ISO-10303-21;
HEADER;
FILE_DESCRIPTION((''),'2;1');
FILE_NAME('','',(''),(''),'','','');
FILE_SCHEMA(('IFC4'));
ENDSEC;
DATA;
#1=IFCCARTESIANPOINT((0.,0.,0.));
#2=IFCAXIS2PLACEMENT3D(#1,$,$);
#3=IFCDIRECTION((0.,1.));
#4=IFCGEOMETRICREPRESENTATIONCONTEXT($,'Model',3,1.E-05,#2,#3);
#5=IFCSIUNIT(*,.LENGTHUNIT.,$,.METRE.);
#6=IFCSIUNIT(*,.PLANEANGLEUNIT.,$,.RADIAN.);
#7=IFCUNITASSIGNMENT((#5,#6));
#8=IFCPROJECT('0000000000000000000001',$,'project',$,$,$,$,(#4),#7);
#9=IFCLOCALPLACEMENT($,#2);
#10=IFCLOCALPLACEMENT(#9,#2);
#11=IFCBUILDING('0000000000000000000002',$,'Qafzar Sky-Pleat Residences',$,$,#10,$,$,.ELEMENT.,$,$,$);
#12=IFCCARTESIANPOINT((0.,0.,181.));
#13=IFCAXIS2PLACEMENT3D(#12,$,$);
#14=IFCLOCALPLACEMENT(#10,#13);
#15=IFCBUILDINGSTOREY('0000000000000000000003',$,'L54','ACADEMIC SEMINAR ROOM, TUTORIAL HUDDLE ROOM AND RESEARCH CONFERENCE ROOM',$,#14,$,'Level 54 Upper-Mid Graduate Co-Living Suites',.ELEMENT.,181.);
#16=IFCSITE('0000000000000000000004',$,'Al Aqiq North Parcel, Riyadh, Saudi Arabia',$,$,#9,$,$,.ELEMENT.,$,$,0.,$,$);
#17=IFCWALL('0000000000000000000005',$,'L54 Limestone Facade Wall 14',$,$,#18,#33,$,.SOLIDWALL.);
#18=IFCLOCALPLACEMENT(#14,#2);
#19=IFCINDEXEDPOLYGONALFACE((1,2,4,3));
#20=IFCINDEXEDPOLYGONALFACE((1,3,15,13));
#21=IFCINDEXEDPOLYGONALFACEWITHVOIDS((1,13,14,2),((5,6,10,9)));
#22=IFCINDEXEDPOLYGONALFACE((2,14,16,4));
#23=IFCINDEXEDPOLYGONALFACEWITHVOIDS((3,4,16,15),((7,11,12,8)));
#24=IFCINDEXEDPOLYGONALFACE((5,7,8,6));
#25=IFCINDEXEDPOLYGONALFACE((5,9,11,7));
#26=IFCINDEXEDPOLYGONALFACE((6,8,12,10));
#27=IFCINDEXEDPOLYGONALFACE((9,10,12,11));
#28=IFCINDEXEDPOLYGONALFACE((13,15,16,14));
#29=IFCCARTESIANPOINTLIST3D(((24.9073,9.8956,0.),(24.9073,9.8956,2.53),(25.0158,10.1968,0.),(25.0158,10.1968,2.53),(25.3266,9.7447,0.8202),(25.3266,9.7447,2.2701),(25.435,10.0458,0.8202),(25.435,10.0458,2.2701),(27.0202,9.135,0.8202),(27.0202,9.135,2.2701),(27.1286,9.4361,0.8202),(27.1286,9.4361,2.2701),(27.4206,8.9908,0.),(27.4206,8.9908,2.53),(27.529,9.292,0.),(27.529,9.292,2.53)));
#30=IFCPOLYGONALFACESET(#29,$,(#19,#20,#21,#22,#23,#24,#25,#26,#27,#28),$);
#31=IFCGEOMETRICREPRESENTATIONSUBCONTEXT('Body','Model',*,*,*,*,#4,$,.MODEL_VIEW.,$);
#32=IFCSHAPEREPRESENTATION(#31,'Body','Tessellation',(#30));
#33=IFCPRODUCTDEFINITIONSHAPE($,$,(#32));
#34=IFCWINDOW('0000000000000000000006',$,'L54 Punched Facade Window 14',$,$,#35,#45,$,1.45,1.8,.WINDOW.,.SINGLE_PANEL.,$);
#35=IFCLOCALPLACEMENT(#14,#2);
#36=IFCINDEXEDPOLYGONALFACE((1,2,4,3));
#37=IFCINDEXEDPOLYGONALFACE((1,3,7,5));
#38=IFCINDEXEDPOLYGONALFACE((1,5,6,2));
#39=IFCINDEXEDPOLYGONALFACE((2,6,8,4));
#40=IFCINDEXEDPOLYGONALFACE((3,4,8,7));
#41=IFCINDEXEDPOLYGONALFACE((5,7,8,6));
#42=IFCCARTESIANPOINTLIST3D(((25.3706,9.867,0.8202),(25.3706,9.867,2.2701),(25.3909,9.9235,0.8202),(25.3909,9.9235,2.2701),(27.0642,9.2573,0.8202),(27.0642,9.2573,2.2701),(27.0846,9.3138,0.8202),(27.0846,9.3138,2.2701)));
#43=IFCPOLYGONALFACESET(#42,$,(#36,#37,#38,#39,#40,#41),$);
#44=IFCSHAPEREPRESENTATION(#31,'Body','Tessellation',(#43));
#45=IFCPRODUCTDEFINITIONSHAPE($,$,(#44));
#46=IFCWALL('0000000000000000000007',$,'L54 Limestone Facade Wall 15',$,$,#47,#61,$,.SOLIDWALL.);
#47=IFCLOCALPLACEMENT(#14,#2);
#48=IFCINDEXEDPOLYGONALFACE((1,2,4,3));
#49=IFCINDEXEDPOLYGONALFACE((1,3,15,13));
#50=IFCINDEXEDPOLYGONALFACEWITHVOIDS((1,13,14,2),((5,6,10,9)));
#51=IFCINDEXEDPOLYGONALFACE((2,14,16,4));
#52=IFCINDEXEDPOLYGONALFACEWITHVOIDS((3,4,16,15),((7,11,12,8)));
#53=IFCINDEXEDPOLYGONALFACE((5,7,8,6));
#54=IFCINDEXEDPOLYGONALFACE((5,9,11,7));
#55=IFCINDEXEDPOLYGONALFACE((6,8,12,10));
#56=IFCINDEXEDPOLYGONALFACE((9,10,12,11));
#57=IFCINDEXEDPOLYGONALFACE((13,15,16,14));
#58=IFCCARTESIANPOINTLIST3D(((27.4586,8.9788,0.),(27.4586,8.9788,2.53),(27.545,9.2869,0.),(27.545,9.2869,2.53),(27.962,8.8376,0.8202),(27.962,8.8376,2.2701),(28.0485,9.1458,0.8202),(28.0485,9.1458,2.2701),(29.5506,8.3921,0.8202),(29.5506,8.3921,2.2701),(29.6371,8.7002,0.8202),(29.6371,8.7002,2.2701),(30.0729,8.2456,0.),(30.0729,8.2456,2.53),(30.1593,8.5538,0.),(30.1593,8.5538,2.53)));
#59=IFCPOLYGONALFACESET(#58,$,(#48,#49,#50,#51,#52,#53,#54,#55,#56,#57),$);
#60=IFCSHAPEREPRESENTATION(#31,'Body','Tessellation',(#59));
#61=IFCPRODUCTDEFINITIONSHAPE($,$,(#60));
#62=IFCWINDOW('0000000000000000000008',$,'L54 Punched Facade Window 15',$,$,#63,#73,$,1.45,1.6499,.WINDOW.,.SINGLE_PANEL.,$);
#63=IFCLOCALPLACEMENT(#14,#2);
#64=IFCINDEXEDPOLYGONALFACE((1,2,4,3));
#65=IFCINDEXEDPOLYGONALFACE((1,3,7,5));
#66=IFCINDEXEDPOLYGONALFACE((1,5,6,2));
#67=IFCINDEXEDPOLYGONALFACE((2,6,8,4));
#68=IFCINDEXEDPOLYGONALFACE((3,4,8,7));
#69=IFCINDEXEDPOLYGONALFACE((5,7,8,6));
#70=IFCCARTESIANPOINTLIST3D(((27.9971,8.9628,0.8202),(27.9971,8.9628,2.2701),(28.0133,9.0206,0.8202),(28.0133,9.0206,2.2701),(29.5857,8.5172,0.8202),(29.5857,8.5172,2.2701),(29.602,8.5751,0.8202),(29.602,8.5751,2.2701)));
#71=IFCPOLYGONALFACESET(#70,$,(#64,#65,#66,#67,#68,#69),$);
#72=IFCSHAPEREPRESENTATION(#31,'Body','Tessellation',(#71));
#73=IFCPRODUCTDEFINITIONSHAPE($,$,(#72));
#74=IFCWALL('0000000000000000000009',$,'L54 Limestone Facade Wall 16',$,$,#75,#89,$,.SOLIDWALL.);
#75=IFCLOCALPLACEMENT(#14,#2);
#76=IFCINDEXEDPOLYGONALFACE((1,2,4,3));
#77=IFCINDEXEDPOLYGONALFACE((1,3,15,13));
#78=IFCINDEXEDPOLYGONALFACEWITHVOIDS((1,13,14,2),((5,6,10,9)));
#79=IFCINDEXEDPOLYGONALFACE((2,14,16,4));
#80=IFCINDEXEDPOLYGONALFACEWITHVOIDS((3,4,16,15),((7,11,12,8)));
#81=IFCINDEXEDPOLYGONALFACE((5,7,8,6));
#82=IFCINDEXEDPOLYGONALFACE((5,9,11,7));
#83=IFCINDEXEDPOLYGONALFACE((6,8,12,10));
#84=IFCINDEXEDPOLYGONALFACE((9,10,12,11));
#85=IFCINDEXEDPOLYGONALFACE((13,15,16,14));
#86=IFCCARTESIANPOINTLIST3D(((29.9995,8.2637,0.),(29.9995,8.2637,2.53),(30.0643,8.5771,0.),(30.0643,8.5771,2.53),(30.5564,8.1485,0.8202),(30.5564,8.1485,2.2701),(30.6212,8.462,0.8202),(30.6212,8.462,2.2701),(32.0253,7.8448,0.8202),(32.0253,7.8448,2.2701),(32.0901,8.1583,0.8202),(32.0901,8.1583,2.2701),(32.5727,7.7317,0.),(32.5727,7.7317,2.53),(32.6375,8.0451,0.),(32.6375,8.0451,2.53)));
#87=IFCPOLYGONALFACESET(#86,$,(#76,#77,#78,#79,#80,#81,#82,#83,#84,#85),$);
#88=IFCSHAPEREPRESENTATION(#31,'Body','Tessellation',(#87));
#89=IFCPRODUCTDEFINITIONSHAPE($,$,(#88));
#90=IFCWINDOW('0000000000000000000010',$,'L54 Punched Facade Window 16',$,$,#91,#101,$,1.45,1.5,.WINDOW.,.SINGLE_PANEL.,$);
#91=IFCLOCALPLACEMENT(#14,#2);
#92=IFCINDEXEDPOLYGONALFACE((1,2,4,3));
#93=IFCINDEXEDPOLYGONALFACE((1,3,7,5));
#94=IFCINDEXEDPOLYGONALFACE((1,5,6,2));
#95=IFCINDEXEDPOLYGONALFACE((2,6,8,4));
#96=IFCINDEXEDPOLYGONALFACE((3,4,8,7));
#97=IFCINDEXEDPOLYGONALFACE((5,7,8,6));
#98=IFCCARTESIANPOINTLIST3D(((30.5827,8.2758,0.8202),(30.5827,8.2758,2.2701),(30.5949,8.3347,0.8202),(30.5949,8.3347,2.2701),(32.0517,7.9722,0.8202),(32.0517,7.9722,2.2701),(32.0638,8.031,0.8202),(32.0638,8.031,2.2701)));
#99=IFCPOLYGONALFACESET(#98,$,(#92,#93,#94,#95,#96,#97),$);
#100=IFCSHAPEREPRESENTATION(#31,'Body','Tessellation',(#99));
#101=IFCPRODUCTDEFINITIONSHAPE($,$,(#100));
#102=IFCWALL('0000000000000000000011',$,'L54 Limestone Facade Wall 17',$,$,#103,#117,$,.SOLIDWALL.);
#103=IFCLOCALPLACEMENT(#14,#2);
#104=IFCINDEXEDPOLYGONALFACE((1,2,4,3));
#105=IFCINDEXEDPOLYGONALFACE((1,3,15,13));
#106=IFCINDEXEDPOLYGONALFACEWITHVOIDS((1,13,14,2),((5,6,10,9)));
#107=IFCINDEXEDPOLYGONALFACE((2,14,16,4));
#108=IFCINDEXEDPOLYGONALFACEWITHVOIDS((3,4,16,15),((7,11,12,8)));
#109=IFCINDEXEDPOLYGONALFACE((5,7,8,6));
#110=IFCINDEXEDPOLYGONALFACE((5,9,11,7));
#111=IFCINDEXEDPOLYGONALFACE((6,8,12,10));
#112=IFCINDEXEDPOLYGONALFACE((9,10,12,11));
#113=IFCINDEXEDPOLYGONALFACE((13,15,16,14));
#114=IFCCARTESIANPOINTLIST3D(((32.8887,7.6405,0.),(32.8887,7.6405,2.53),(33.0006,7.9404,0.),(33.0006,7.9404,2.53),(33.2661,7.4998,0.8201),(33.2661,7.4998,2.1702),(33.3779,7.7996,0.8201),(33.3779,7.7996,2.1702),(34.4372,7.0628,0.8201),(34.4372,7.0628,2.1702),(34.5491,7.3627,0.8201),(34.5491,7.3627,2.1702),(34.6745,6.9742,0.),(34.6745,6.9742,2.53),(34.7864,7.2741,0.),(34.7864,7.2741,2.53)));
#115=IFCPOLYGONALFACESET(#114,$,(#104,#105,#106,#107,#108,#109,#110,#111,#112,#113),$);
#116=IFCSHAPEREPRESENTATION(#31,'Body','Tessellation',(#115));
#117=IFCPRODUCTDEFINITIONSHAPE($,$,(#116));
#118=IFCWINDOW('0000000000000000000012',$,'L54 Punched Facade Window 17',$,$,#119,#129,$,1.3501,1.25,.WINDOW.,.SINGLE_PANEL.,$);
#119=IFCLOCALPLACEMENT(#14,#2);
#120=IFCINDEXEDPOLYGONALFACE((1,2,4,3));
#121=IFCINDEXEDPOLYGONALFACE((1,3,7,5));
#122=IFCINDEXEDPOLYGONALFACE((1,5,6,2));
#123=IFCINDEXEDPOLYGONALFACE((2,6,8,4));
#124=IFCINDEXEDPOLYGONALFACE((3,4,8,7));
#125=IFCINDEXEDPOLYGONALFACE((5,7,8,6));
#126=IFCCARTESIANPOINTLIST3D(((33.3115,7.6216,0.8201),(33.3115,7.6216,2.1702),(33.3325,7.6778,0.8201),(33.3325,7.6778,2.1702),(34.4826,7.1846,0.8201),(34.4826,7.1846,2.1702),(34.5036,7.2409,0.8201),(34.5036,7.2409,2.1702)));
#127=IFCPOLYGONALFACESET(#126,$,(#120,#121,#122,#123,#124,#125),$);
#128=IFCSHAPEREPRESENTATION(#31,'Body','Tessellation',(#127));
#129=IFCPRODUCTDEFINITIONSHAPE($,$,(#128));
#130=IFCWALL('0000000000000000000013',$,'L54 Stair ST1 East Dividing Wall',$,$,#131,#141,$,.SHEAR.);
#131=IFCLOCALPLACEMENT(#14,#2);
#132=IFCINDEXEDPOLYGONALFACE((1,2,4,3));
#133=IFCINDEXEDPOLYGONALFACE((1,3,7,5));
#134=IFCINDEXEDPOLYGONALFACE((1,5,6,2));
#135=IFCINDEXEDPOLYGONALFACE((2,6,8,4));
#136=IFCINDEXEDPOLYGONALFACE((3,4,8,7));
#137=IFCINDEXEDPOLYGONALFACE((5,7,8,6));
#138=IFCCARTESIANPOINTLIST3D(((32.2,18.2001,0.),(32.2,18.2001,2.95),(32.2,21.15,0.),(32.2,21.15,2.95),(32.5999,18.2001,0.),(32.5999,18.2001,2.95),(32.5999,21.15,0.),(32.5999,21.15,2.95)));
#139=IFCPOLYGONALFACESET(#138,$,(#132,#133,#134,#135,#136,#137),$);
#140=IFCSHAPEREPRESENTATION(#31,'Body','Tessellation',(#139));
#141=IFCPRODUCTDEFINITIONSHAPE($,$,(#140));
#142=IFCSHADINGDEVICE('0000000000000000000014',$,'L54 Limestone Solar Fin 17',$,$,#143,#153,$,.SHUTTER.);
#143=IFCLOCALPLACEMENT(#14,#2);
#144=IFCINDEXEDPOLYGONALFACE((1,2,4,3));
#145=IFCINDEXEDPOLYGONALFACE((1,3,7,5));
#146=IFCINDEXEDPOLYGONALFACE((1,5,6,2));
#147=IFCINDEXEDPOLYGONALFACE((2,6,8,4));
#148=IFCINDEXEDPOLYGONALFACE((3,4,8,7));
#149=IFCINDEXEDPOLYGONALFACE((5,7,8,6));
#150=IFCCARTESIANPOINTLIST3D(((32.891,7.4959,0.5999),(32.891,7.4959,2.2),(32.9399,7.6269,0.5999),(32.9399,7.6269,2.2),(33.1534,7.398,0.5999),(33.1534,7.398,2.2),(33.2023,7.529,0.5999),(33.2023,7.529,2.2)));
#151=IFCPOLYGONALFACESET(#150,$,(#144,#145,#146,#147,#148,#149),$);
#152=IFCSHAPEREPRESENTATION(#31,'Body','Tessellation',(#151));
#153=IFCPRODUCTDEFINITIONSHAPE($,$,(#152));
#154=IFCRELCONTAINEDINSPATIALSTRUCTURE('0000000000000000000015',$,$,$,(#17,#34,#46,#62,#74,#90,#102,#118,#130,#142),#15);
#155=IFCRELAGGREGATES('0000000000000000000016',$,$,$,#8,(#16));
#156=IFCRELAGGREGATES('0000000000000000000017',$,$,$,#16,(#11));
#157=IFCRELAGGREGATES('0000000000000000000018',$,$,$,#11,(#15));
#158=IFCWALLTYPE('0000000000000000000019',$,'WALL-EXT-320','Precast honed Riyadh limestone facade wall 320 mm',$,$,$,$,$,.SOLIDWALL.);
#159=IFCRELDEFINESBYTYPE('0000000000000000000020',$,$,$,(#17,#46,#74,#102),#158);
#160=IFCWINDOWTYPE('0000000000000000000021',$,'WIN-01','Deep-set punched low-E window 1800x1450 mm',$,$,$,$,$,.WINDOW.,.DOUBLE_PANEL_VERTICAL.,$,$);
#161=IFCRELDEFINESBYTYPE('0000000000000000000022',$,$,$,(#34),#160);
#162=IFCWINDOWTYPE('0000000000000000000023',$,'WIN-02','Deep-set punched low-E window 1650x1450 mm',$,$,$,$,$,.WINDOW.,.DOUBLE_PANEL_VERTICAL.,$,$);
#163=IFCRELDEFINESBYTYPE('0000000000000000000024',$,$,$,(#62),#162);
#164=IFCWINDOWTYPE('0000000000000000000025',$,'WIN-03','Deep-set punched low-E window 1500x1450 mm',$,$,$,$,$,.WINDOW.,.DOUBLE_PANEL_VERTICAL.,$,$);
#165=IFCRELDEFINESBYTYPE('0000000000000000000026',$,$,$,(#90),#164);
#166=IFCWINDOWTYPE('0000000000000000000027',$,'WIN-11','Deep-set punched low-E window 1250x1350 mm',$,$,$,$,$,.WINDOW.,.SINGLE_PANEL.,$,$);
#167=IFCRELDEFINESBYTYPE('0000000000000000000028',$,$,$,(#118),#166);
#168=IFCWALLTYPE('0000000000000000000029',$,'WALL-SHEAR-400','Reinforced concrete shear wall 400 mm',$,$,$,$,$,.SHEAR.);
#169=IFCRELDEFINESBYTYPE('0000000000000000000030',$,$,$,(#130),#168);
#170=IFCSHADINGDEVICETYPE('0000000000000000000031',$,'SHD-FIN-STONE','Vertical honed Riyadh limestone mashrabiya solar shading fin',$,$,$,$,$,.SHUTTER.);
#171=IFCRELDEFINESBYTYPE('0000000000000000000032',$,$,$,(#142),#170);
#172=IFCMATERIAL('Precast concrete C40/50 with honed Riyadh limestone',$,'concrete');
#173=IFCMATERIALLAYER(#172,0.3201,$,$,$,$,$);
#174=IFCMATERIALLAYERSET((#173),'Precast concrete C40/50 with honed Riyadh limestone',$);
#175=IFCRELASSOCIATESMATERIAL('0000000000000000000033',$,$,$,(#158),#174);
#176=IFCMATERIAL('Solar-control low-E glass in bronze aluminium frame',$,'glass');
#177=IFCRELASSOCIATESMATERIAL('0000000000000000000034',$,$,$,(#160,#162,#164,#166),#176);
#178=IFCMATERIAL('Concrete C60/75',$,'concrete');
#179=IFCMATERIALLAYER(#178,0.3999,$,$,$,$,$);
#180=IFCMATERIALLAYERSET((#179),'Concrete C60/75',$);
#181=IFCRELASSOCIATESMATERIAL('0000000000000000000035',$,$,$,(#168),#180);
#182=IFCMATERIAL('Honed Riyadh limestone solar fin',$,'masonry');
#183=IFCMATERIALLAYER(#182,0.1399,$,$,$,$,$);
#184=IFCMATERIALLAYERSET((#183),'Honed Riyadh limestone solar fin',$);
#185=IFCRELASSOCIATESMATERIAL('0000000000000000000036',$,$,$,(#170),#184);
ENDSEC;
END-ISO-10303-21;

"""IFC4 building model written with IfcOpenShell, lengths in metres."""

from ifc_helpers import new_model, si_unit, direction, frame, frame_2d, origin, origin_2d, place, context, subcontext, project, spatial, rectangle, extrude, source, transform, mapped, material, layer, layer_set, type_object, element, fill, save


model = new_model("IFC4")

# Units and contexts
model_context = context("Model", 3, precision=1e-05, world=origin(), true_north=direction((0.0, 1.0)))
body_context = subcontext(model_context, "Body", "Model", "MODEL_VIEW")
ifc_project = project(units=[si_unit("LENGTHUNIT", "METRE"), si_unit("PLANEANGLEUNIT", "RADIAN")], contexts=[model_context])

# Site, building, storey
site_placement = place(None, origin())
site = spatial("IfcSite", under=ifc_project, at=site_placement, Name="Al Aqiq North Parcel, Riyadh, Saudi Arabia", CompositionType="ELEMENT", RefElevation=0.0)
building_placement = place(site_placement, origin())
building = spatial("IfcBuilding", under=site, at=building_placement, Name="Qafzar Sky-Pleat Residences", CompositionType="ELEMENT")
storey_placement = place(building_placement, frame((0.0, 0.0, 181.0)))
storey = spatial("IfcBuildingStorey", under=building, at=storey_placement, Name="L54", Description="ACADEMIC SEMINAR ROOM, TUTORIAL HUDDLE ROOM AND RESEARCH CONFERENCE ROOM", LongName="Level 54 Upper-Mid Graduate Co-Living Suites", CompositionType="ELEMENT", Elevation=181.0)

# Shared definitions
ifc_material_1 = material(Name="Concrete C60/75", Category="concrete")

# Walls, openings, windows
ifc_material_2 = material(Name="Precast concrete C40/50 with honed Riyadh limestone", Category="concrete")
ifc_layer_1 = layer(ifc_material_2, 0.3201)
ifc_layer_set_1 = layer_set([ifc_layer_1], Name="Precast concrete C40/50 with honed Riyadh limestone")
wall_type_1 = type_object("IfcWallType", Name="WALL-EXT-320", Description="Precast honed Riyadh limestone facade wall 320 mm", PredefinedType="SOLIDWALL", material=ifc_layer_set_1)
wall_1_placement = place(storey_placement, frame((24.9617, 10.0461, 0.0), z_axis=(0.0, 0.0, 1.0), x_axis=(0.940883, -0.338732, 0.0)))
wall_1 = element("IfcWall", 1, at=wall_1_placement, inside=storey, type_object=wall_type_1, Name="L54 Limestone Facade Wall 14", PredefinedType="SOLIDWALL", context=body_context, shape_type="SweptSolid", body=[
    extrude(rectangle(XDim=2.6711, YDim=0.3201, at=frame_2d((1.3354, 0.0))), origin(), (0.0, 0.0, 1.0), 2.53),
])
opening_1_placement = place(wall_1_placement, frame((0.4456, 0.0, 0.8201)))
opening_1 = element("IfcOpeningElement", 2, at=opening_1_placement, cuts=wall_1, PredefinedType="OPENING", context=body_context, shape_type="SweptSolid", body=[
    extrude(rectangle(XDim=1.8, YDim=1.45, at=frame_2d((0.8999, 0.7251))), frame((0.0, 0.1699, 0.0), z_axis=(0.0, -1.0, 0.0), x_axis=(1.0, 0.0, 0.0)), (0.0, 0.0, 1.0), 0.3401),
])
ifc_material_3 = material(Name="Solar-control low-E glass in bronze aluminium frame", Category="glass")
window_type_1 = type_object("IfcWindowType", Name="WIN-01", Description="Deep-set punched low-E window 1800x1450 mm", PartitioningType="DOUBLE_PANEL_VERTICAL", PredefinedType="WINDOW", material=ifc_material_3)
shared_shape_1 = source(origin(), body_context, "Body", "SweptSolid", [
    extrude(rectangle(XDim=1.8, YDim=1.45, at=frame_2d((0.8999, 0.7251))), frame((0.0, 0.03, 0.0), z_axis=(0.0, -1.0, 0.0), x_axis=(1.0, 0.0, 0.0)), (0.0, 0.0, 1.0), 0.0601),
])
window_1_placement = place(opening_1_placement, origin())
window_1 = element("IfcWindow", 3, at=window_1_placement, inside=storey, type_object=window_type_1, Name="L54 Punched Facade Window 14", OverallHeight=1.45, OverallWidth=1.8, PartitioningType="SINGLE_PANEL", PredefinedType="WINDOW", context=body_context, shape_type="MappedRepresentation", body=[
    mapped(shared_shape_1, transform((0.0, 0.0, 0.0), x_axis=(1.0, 0.0, 0.0), y_axis=(0.0, 1.0, 0.0), z_axis=(0.0, 0.0, 1.0), scale=1.0)),
])
fill(opening_1, window_1)
wall_2_placement = place(storey_placement, frame((27.502, 9.1328, 0.0), z_axis=(0.0, 0.0, 1.0), x_axis=(0.962853, -0.270027, 0.0)))
wall_2 = element("IfcWall", 4, at=wall_2_placement, inside=storey, type_object=wall_type_1, Name="L54 Limestone Facade Wall 15", PredefinedType="SOLIDWALL", context=body_context, shape_type="SweptSolid", body=[
    extrude(rectangle(XDim=2.7151, YDim=0.3201, at=frame_2d((1.3574, 0.0))), origin(), (0.0, 0.0, 1.0), 2.53),
])
opening_2_placement = place(wall_2_placement, frame((0.5227, 0.0, 0.8201)))
opening_2 = element("IfcOpeningElement", 5, at=opening_2_placement, cuts=wall_2, PredefinedType="OPENING", context=body_context, shape_type="SweptSolid", body=[
    extrude(rectangle(XDim=1.6499, YDim=1.45, at=frame_2d((0.825, 0.7251))), frame((0.0, 0.1699, 0.0), z_axis=(0.0, -1.0, 0.0), x_axis=(1.0, 0.0, 0.0)), (0.0, 0.0, 1.0), 0.3401),
])
window_type_2 = type_object("IfcWindowType", Name="WIN-02", Description="Deep-set punched low-E window 1650x1450 mm", PartitioningType="DOUBLE_PANEL_VERTICAL", PredefinedType="WINDOW", material=ifc_material_3)
shared_shape_2 = source(origin(), body_context, "Body", "SweptSolid", [
    extrude(rectangle(XDim=1.6499, YDim=1.45, at=frame_2d((0.825, 0.7251))), frame((0.0, 0.03, 0.0), z_axis=(0.0, -1.0, 0.0), x_axis=(1.0, 0.0, 0.0)), (0.0, 0.0, 1.0), 0.0601),
])
window_2_placement = place(opening_2_placement, origin())
window_2 = element("IfcWindow", 6, at=window_2_placement, inside=storey, type_object=window_type_2, Name="L54 Punched Facade Window 15", OverallHeight=1.45, OverallWidth=1.6499, PartitioningType="SINGLE_PANEL", PredefinedType="WINDOW", context=body_context, shape_type="MappedRepresentation", body=[
    mapped(shared_shape_2, transform((0.0, 0.0, 0.0), x_axis=(1.0, 0.0, 0.0), y_axis=(0.0, 1.0, 0.0), z_axis=(0.0, 0.0, 1.0), scale=1.0)),
])
fill(opening_2, window_2)
wall_3_placement = place(storey_placement, frame((30.0317, 8.4204, 0.0), z_axis=(0.0, 0.0, 1.0), x_axis=(0.979292, -0.202455, 0.0)))
wall_3 = element("IfcWall", 7, at=wall_3_placement, inside=storey, type_object=wall_type_1, Name="L54 Limestone Facade Wall 16", PredefinedType="SOLIDWALL", context=body_context, shape_type="SweptSolid", body=[
    extrude(rectangle(XDim=2.6277, YDim=0.3201, at=frame_2d((1.314, 0.0))), origin(), (0.0, 0.0, 1.0), 2.53),
])
opening_3_placement = place(wall_3_placement, frame((0.5688, 0.0, 0.8201)))
opening_3 = element("IfcOpeningElement", 8, at=opening_3_placement, cuts=wall_3, PredefinedType="OPENING", context=body_context, shape_type="SweptSolid", body=[
    extrude(rectangle(XDim=1.5, YDim=1.45, at=frame_2d((0.75, 0.7251))), frame((0.0, 0.1699, 0.0), z_axis=(0.0, -1.0, 0.0), x_axis=(1.0, 0.0, 0.0)), (0.0, 0.0, 1.0), 0.3401),
])
window_type_3 = type_object("IfcWindowType", Name="WIN-03", Description="Deep-set punched low-E window 1500x1450 mm", PartitioningType="DOUBLE_PANEL_VERTICAL", PredefinedType="WINDOW", material=ifc_material_3)
shared_shape_3 = source(origin(), body_context, "Body", "SweptSolid", [
    extrude(rectangle(XDim=1.5, YDim=1.45, at=frame_2d((0.75, 0.7251))), frame((0.0, 0.03, 0.0), z_axis=(0.0, -1.0, 0.0), x_axis=(1.0, 0.0, 0.0)), (0.0, 0.0, 1.0), 0.0601),
])
window_3_placement = place(opening_3_placement, origin())
window_3 = element("IfcWindow", 9, at=window_3_placement, inside=storey, type_object=window_type_3, Name="L54 Punched Facade Window 16", OverallHeight=1.45, OverallWidth=1.5, PartitioningType="SINGLE_PANEL", PredefinedType="WINDOW", context=body_context, shape_type="MappedRepresentation", body=[
    mapped(shared_shape_3, transform((0.0, 0.0, 0.0), x_axis=(1.0, 0.0, 0.0), y_axis=(0.0, 1.0, 0.0), z_axis=(0.0, 0.0, 1.0), scale=1.0)),
])
fill(opening_3, window_3)
wall_4_placement = place(storey_placement, frame((32.9446, 7.7905, 0.0), z_axis=(0.0, 0.0, 1.0), x_axis=(0.936907, -0.349579, 0.0)))
wall_4 = element("IfcWall", 10, at=wall_4_placement, inside=storey, type_object=wall_type_1, Name="L54 Limestone Facade Wall 17", PredefinedType="SOLIDWALL", context=body_context, shape_type="SweptSolid", body=[
    extrude(rectangle(XDim=1.906, YDim=0.3201, at=frame_2d((0.9531, 0.0))), origin(), (0.0, 0.0, 1.0), 2.53),
])
opening_4_placement = place(wall_4_placement, frame((0.4028, 0.0, 0.8201)))
opening_4 = element("IfcOpeningElement", 11, at=opening_4_placement, cuts=wall_4, PredefinedType="OPENING", context=body_context, shape_type="SweptSolid", body=[
    extrude(rectangle(XDim=1.25, YDim=1.3501, at=frame_2d((0.625, 0.675))), frame((0.0, 0.1699, 0.0), z_axis=(0.0, -1.0, 0.0), x_axis=(1.0, 0.0, 0.0)), (0.0, 0.0, 1.0), 0.3401),
])
window_type_4 = type_object("IfcWindowType", Name="WIN-11", Description="Deep-set punched low-E window 1250x1350 mm", PartitioningType="SINGLE_PANEL", PredefinedType="WINDOW", material=ifc_material_3)
shared_shape_4 = source(origin(), body_context, "Body", "SweptSolid", [
    extrude(rectangle(XDim=1.25, YDim=1.3501, at=frame_2d((0.625, 0.675))), frame((0.0, 0.03, 0.0), z_axis=(0.0, -1.0, 0.0), x_axis=(1.0, 0.0, 0.0)), (0.0, 0.0, 1.0), 0.0601),
])
window_4_placement = place(opening_4_placement, origin())
window_4 = element("IfcWindow", 12, at=window_4_placement, inside=storey, type_object=window_type_4, Name="L54 Punched Facade Window 17", OverallHeight=1.3501, OverallWidth=1.25, PartitioningType="SINGLE_PANEL", PredefinedType="WINDOW", context=body_context, shape_type="MappedRepresentation", body=[
    mapped(shared_shape_4, transform((0.0, 0.0, 0.0), x_axis=(1.0, 0.0, 0.0), y_axis=(0.0, 1.0, 0.0), z_axis=(0.0, 0.0, 1.0), scale=1.0)),
])
fill(opening_4, window_4)

# Wall
ifc_layer_2 = layer(ifc_material_1, 0.3999)
ifc_layer_set_2 = layer_set([ifc_layer_2], Name="Concrete C60/75")
wall_type_2 = type_object("IfcWallType", Name="WALL-SHEAR-400", Description="Reinforced concrete shear wall 400 mm", PredefinedType="SHEAR", material=ifc_layer_set_2)
wall_5_placement = place(storey_placement, frame((32.3999, 18.2, 0.0), z_axis=(0.0, 0.0, 1.0), x_axis=(0.0, 1.0, 0.0)))
element("IfcWall", 13, at=wall_5_placement, inside=storey, type_object=wall_type_2, Name="L54 Stair ST1 East Dividing Wall", PredefinedType="SHEAR", context=body_context, shape_type="SweptSolid", body=[
    extrude(rectangle(XDim=2.95, YDim=0.3999, at=frame_2d((1.4751, 0.0))), origin(), (0.0, 0.0, 1.0), 2.95),
])

# Shading device
ifc_material_4 = material(Name="Honed Riyadh limestone solar fin", Category="masonry")
ifc_layer_3 = layer(ifc_material_4, 0.1399)
ifc_layer_set_3 = layer_set([ifc_layer_3], Name="Honed Riyadh limestone solar fin")
shading_device_type = type_object("IfcShadingDeviceType", Name="SHD-FIN-STONE", Description="Vertical honed Riyadh limestone mashrabiya solar shading fin", PredefinedType="SHUTTER", material=ifc_layer_set_3)
shared_shape_5 = source(origin(), body_context, "Body", "SweptSolid", [
    extrude(rectangle(XDim=0.1399, YDim=0.28, at=origin_2d()), origin(), (0.0, 0.0, 1.0), 1.6001),
])
shading_device_placement = place(storey_placement, frame((33.0466, 7.5125, 0.5999), z_axis=(0.0, 0.0, 1.0), x_axis=(-0.349603, -0.936898, 0.0)))
element("IfcShadingDevice", 14, at=shading_device_placement, inside=storey, type_object=shading_device_type, Name="L54 Limestone Solar Fin 17", PredefinedType="SHUTTER", context=body_context, shape_type="MappedRepresentation", body=[
    mapped(shared_shape_5, transform((0.0, 0.0, 0.0), x_axis=(1.0, 0.0, 0.0), y_axis=(0.0, 1.0, 0.0), z_axis=(0.0, 0.0, 1.0), scale=1.0)),
])

save(model, "model.ifc")
